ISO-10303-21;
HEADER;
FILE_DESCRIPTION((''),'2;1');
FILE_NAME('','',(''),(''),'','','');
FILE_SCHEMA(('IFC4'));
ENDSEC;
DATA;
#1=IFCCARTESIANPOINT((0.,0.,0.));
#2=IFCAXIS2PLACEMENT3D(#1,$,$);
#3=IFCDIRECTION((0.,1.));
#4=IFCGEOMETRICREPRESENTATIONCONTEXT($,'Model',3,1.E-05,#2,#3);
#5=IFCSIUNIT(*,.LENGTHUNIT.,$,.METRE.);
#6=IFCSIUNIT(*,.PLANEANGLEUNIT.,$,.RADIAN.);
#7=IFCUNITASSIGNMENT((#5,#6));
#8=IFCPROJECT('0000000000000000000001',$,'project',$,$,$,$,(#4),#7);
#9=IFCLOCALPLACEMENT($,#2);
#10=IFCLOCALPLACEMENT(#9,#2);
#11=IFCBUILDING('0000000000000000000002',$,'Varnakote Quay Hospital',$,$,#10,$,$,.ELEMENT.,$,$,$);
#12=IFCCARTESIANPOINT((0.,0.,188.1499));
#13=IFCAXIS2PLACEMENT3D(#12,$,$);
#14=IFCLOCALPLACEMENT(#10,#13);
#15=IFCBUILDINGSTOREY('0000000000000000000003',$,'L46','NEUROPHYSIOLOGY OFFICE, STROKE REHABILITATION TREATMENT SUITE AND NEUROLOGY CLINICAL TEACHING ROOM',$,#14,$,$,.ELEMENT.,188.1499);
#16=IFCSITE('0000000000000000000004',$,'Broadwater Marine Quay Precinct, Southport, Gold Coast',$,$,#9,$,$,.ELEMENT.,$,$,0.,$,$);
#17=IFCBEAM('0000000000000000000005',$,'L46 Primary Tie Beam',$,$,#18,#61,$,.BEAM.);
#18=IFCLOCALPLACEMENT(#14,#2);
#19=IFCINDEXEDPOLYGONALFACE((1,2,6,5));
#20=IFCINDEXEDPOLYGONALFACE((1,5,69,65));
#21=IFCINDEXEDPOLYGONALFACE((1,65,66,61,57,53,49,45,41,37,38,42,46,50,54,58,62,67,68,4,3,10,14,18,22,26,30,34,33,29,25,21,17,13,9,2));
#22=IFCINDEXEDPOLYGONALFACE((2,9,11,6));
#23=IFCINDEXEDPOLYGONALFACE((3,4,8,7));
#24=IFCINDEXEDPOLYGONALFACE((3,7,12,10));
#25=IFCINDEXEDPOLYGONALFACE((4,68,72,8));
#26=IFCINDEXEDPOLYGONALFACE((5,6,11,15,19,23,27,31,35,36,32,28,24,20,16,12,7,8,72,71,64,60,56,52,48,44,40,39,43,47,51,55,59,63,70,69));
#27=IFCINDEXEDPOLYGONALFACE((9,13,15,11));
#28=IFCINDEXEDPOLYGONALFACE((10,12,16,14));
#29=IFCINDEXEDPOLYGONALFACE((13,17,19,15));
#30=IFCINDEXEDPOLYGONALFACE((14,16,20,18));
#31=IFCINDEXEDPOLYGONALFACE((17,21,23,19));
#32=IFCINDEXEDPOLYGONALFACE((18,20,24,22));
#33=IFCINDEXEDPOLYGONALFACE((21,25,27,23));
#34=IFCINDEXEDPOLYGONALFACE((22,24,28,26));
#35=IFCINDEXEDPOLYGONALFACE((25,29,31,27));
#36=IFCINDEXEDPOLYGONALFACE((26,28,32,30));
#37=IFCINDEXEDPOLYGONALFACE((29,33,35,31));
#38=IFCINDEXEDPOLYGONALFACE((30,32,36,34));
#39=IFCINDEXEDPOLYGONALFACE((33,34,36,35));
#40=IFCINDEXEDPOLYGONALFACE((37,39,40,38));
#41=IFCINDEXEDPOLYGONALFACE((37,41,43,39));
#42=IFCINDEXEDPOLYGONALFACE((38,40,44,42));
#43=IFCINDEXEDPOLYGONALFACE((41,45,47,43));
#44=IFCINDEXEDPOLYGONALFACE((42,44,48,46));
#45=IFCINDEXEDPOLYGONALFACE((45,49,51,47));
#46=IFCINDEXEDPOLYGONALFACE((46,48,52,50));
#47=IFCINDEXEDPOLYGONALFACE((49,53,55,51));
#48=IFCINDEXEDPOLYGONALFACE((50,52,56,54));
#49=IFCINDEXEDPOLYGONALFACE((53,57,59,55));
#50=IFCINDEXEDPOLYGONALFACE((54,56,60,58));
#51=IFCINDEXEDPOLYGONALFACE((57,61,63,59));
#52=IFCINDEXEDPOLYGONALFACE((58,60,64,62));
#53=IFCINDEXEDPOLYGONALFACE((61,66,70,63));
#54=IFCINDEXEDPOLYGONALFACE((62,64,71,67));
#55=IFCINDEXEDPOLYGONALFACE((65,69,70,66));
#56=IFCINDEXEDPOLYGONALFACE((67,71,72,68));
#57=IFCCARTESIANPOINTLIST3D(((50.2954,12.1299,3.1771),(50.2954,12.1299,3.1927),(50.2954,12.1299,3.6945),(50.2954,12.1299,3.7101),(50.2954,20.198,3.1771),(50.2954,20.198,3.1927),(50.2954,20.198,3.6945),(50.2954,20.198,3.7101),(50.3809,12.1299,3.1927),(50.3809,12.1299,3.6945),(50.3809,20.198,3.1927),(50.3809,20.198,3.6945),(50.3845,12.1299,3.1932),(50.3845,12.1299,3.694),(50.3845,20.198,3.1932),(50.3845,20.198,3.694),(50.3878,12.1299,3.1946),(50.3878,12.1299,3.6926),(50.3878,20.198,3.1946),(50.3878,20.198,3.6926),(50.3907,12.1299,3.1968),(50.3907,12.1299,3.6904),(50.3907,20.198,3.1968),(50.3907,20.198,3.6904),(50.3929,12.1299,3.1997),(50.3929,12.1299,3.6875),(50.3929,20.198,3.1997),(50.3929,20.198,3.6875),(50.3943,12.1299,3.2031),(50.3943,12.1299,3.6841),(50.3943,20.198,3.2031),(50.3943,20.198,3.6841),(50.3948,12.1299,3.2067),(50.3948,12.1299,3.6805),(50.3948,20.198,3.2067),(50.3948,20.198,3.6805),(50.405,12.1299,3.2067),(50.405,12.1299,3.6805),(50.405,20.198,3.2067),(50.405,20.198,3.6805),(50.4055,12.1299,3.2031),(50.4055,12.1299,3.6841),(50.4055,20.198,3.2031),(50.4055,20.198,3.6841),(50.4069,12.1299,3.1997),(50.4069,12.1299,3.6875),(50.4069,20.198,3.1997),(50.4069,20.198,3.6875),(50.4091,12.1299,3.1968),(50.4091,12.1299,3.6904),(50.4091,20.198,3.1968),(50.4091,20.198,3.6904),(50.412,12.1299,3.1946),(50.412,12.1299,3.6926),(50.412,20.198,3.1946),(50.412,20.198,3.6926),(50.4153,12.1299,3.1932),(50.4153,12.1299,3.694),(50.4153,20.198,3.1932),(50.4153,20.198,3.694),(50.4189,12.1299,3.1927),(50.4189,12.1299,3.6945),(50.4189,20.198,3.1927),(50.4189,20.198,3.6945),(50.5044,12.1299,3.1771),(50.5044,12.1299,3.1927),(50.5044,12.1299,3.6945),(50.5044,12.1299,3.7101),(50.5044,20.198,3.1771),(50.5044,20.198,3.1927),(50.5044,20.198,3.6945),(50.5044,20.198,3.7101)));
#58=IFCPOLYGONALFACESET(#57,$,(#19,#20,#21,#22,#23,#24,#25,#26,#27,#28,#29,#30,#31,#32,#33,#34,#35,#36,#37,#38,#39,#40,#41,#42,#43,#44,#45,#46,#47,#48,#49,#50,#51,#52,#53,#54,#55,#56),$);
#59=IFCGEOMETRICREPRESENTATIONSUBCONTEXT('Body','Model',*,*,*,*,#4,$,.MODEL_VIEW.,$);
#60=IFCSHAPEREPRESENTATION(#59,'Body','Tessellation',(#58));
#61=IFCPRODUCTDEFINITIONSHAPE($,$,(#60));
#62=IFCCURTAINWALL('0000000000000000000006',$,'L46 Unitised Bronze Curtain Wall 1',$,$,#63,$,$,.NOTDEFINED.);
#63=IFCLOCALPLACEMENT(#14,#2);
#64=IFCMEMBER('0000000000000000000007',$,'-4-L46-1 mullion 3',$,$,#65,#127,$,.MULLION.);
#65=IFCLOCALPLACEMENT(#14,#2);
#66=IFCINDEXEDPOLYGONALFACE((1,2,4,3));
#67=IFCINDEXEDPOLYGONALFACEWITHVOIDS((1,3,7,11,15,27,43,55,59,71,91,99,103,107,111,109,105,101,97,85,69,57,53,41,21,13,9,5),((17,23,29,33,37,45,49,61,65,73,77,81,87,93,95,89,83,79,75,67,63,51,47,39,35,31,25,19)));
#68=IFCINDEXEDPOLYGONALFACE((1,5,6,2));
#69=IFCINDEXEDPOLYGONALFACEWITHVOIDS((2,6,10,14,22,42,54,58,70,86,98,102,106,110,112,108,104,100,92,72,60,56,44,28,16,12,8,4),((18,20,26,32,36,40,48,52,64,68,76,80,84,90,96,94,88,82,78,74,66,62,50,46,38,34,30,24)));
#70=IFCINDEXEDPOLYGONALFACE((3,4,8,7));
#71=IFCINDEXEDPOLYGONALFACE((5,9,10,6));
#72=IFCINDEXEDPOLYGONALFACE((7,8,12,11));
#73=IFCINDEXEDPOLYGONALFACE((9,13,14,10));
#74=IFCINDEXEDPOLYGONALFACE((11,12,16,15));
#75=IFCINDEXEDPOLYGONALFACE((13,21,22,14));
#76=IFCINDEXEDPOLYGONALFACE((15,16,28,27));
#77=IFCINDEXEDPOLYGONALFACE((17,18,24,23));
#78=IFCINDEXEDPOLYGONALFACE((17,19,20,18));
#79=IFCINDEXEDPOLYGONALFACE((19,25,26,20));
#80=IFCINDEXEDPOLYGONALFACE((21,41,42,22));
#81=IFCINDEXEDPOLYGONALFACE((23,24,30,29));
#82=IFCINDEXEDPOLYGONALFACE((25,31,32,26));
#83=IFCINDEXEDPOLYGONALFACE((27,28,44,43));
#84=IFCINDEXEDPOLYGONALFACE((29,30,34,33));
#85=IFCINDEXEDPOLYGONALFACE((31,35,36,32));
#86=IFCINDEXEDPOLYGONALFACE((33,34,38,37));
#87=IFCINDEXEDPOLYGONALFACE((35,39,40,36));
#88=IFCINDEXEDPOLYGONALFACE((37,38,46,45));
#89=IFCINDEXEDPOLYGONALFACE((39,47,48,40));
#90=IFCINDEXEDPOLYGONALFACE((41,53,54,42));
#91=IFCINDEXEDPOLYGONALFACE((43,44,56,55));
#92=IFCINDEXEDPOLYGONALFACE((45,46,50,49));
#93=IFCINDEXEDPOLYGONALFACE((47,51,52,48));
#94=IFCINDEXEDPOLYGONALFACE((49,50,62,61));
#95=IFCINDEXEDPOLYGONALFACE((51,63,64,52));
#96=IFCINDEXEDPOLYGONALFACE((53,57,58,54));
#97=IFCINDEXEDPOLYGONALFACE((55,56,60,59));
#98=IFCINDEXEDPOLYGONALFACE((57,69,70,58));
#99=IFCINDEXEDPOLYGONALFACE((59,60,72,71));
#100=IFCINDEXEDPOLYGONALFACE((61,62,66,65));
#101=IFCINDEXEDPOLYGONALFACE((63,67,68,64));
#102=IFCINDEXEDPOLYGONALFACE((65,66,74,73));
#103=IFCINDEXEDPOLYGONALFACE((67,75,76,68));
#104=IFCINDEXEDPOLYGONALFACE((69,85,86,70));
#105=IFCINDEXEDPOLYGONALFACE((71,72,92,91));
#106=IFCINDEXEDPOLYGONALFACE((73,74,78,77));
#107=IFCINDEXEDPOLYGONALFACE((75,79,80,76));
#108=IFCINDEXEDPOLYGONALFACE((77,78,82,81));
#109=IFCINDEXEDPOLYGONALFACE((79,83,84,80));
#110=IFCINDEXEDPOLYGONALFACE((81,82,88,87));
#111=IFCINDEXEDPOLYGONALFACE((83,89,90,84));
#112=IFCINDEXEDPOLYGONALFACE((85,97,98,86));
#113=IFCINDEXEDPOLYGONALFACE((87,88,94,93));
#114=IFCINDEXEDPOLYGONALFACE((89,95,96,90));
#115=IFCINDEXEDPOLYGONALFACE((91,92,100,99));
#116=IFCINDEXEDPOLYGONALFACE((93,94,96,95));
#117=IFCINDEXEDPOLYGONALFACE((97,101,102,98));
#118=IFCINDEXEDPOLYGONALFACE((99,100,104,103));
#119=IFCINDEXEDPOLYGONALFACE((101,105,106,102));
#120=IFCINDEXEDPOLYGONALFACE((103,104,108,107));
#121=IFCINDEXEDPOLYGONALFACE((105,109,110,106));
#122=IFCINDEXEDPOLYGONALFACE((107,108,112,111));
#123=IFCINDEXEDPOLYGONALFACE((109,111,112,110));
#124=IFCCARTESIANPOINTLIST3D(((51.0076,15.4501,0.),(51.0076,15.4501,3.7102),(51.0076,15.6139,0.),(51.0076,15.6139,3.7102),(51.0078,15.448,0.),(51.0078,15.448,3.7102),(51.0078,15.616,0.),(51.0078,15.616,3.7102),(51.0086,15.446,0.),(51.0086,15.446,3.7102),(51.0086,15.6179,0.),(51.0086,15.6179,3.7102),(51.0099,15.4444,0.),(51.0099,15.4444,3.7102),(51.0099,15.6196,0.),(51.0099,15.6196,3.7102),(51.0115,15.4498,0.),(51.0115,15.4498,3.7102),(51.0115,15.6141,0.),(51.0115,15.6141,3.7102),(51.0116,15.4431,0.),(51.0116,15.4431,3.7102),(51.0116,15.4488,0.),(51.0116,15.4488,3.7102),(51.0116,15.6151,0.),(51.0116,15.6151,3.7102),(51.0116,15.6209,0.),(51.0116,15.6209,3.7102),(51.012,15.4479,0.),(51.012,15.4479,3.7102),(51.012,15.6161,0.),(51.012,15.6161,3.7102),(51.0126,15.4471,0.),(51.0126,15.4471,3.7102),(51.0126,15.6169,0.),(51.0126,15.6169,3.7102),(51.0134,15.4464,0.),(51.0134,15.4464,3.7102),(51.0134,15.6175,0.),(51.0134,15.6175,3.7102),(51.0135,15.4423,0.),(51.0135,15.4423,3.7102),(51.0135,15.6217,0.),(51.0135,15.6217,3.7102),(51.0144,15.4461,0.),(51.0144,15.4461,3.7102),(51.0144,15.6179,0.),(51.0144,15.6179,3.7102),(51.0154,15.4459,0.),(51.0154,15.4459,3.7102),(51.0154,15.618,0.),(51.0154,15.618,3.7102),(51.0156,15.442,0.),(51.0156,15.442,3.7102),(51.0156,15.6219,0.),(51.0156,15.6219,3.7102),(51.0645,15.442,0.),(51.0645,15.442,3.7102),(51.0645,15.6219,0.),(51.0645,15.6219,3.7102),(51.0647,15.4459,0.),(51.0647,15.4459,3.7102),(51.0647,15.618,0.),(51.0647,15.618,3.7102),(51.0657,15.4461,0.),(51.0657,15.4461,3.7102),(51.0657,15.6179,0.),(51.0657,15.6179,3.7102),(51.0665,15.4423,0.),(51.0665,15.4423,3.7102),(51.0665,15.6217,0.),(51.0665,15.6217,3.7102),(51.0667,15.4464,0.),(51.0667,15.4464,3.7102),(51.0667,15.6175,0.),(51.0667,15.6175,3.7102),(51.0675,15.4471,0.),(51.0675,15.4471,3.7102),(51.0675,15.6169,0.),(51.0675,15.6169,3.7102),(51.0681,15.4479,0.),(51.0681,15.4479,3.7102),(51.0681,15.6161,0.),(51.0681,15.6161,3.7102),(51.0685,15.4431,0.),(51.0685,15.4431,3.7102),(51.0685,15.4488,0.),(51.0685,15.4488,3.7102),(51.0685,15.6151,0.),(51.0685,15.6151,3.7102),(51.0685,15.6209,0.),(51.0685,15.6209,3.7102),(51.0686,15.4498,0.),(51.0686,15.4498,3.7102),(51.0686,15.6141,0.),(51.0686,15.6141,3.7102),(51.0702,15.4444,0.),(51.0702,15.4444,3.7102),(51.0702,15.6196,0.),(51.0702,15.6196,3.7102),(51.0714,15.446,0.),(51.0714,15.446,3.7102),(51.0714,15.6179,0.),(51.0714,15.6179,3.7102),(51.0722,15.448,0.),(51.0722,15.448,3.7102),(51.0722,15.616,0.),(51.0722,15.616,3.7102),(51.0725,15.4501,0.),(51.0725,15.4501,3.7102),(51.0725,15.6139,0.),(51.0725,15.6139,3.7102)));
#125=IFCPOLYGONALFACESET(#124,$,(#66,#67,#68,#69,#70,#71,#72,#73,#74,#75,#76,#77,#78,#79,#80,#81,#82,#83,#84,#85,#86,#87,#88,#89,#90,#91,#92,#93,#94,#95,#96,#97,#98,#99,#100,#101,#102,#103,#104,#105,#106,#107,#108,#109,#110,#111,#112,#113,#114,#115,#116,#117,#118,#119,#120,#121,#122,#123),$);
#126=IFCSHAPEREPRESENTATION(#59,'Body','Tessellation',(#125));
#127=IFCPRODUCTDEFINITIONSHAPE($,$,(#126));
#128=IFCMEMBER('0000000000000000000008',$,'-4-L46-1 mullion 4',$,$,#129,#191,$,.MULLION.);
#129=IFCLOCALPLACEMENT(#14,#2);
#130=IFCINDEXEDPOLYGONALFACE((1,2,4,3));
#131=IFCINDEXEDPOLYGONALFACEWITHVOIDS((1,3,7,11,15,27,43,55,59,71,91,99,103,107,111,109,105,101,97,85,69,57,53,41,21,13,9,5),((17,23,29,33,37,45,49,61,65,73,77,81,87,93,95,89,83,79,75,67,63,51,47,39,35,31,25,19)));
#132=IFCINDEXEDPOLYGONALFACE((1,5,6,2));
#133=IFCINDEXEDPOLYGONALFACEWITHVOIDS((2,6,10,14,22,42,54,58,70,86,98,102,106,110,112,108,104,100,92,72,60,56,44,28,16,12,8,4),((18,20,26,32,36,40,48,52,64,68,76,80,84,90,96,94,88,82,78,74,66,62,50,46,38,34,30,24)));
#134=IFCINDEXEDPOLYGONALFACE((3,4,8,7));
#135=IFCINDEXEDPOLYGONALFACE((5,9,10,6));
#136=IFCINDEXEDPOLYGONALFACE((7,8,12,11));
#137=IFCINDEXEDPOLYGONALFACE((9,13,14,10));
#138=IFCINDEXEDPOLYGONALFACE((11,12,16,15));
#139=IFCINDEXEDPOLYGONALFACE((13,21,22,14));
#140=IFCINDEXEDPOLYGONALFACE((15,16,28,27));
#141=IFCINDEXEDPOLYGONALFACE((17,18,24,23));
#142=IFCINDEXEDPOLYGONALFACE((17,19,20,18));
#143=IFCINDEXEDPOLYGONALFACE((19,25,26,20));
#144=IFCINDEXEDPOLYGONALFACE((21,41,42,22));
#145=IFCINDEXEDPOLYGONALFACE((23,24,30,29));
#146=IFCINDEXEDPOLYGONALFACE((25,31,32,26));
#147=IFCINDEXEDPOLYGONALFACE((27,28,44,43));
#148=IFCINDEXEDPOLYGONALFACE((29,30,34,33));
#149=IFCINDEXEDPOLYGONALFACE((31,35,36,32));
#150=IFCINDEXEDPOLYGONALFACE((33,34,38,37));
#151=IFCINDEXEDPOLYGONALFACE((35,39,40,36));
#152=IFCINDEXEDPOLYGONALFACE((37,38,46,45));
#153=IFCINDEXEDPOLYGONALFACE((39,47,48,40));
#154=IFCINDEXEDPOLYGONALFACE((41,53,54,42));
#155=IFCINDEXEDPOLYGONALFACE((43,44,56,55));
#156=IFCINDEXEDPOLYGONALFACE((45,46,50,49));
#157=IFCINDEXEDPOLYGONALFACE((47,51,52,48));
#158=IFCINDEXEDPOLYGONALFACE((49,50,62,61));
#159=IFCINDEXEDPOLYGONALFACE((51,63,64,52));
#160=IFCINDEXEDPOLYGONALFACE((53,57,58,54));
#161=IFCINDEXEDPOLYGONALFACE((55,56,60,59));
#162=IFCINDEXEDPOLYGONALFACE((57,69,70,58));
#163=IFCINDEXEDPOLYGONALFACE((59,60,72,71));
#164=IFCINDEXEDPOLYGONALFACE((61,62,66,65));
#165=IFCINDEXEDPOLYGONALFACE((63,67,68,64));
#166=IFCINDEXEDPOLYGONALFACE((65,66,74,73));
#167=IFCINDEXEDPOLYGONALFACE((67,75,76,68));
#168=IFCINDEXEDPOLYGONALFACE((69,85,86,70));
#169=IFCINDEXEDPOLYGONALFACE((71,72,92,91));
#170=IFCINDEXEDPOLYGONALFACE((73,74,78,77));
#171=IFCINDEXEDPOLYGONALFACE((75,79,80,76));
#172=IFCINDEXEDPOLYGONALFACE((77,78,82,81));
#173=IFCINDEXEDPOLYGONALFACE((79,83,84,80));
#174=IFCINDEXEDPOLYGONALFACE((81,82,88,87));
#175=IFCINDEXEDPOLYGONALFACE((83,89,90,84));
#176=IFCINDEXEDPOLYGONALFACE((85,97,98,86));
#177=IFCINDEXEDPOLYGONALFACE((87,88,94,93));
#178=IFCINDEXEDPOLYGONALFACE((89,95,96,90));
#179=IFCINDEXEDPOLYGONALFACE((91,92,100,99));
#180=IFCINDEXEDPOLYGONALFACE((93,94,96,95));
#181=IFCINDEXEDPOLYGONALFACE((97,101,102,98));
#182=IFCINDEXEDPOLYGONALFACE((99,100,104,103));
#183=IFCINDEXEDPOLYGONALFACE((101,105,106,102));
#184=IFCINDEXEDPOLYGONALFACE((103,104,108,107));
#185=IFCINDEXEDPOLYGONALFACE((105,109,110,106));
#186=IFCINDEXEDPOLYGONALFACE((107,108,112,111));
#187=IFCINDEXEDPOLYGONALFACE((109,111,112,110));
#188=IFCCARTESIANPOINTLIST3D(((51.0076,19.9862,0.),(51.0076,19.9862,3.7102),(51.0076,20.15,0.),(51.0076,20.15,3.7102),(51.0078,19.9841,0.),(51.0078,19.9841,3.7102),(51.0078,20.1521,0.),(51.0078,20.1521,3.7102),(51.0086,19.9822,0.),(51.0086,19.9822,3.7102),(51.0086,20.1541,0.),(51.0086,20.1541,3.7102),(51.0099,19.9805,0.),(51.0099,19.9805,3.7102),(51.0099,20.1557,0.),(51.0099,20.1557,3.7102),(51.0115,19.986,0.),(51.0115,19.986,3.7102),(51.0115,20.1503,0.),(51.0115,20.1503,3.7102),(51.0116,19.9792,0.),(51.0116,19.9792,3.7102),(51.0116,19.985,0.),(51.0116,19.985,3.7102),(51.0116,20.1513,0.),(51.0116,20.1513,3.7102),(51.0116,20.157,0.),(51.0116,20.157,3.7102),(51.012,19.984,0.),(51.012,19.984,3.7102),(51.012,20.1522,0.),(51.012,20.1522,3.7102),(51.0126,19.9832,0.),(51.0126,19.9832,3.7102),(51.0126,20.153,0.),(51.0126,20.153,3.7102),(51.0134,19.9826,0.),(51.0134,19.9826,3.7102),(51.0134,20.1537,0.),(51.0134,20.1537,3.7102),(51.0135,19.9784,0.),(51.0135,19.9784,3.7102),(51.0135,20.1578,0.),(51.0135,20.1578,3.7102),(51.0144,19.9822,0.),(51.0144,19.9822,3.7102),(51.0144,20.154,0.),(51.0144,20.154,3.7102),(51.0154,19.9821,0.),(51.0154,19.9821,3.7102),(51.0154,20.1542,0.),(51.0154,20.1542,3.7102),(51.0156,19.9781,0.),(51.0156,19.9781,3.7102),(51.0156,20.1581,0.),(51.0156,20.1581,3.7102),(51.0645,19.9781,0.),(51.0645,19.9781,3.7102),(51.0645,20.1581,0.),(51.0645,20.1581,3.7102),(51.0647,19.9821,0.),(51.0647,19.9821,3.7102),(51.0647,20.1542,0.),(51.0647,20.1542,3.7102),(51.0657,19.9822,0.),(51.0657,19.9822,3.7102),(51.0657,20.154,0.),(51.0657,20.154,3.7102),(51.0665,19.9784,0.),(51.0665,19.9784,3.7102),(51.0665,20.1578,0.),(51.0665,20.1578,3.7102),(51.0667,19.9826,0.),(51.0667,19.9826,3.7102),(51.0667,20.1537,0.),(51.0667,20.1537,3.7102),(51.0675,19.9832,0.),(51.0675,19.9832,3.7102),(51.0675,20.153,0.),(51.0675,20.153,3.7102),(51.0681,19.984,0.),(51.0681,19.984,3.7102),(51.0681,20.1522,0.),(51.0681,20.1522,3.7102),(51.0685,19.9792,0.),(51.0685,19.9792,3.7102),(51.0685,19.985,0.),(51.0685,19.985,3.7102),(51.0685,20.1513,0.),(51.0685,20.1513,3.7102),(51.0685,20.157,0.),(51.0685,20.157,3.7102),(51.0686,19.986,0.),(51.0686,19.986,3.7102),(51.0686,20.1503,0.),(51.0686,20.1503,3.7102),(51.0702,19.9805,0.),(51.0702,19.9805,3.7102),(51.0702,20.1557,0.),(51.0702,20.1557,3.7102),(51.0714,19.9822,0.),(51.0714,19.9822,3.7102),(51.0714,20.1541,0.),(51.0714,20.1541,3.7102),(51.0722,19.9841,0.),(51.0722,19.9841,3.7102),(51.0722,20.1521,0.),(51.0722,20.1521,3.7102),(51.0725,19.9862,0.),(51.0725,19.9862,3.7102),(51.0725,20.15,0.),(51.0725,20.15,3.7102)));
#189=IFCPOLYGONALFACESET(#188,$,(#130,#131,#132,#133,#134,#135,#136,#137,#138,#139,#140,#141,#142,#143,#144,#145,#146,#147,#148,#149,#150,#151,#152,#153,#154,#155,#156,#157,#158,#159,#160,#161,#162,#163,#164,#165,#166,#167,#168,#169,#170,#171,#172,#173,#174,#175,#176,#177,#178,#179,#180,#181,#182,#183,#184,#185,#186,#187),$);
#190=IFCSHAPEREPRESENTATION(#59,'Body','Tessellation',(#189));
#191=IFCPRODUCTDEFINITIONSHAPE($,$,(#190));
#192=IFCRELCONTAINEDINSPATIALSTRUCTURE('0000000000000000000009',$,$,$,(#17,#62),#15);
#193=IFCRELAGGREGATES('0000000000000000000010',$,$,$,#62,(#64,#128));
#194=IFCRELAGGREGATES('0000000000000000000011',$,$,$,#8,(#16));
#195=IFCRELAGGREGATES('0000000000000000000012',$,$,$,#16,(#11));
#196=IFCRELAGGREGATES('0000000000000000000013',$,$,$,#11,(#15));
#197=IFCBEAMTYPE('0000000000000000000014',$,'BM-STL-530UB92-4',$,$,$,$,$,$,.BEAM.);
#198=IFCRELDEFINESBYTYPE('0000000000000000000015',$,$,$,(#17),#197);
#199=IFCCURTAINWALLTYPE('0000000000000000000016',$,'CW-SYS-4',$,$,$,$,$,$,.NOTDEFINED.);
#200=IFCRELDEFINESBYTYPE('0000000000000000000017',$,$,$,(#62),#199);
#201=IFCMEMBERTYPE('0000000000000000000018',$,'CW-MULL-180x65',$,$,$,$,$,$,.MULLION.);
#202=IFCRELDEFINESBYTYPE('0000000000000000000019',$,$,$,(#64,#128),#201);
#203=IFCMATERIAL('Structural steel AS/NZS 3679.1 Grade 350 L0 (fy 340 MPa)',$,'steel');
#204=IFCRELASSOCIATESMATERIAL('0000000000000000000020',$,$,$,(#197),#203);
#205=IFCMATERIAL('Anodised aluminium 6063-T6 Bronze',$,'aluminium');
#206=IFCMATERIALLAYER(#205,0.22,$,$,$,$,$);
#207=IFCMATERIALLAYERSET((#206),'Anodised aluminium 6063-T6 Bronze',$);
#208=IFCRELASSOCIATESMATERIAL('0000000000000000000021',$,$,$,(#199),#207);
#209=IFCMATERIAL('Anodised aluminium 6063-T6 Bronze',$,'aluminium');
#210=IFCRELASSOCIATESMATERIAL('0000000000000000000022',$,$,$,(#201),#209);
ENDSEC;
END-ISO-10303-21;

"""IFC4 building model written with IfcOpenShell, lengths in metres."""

from ifc_helpers import new_model, si_unit, direction, frame, origin, origin_2d, place, context, subcontext, project, spatial, hollow_rectangle, i_section, extrude, material, layer, layer_set, material_profile, profile_set, type_object, element, aggregate, save


model = new_model("IFC4")

# Units and contexts
model_context = context("Model", 3, precision=1e-05, world=origin(), true_north=direction((0.0, 1.0)))
body_context = subcontext(model_context, "Body", "Model", "MODEL_VIEW")
ifc_project = project(units=[si_unit("LENGTHUNIT", "METRE"), si_unit("PLANEANGLEUNIT", "RADIAN")], contexts=[model_context])

# Site, building, storey
site_placement = place(None, origin())
site = spatial("IfcSite", under=ifc_project, at=site_placement, Name="Broadwater Marine Quay Precinct, Southport, Gold Coast", CompositionType="ELEMENT", RefElevation=0.0)
building_placement = place(site_placement, origin())
building = spatial("IfcBuilding", under=site, at=building_placement, Name="Varnakote Quay Hospital", CompositionType="ELEMENT")
storey_placement = place(building_placement, frame((0.0, 0.0, 188.1499)))
storey = spatial("IfcBuildingStorey", under=building, at=storey_placement, Name="L46", Description="NEUROPHYSIOLOGY OFFICE, STROKE REHABILITATION TREATMENT SUITE AND NEUROLOGY CLINICAL TEACHING ROOM", CompositionType="ELEMENT", Elevation=188.1499)

# Beam
ifc_material_1 = material(Name="Structural steel AS/NZS 3679.1 Grade 350 L0 (fy 340 MPa)", Category="steel")
ifc_material_profile_1 = material_profile(ifc_material_1, i_section(OverallWidth=0.209, OverallDepth=0.533, WebThickness=0.0103, FlangeThickness=0.0156, FilletRadius=0.0139, at=origin_2d()), Name="530UB92.4")
ifc_profile_set_1 = profile_set([ifc_material_profile_1], Name="Structural steel AS/NZS 3679.1 Grade 350 L0 (fy 340 MPa)")
beam_type = type_object("IfcBeamType", Name="BM-STL-530UB92-4", PredefinedType="BEAM", material=ifc_profile_set_1)
beam_placement = place(storey_placement, frame((50.3999, 12.1299, 3.4436), z_axis=(0.0, 1.0, 0.0), x_axis=(-1.0, 0.0, 0.0)))
element("IfcBeam", 1, at=beam_placement, inside=storey, type_object=beam_type, Name="L46 Primary Tie Beam", PredefinedType="BEAM", context=body_context, shape_type="SweptSolid", body=[
    extrude(i_section(OverallWidth=0.209, OverallDepth=0.533, WebThickness=0.0103, FlangeThickness=0.0156, FilletRadius=0.0139, at=origin_2d()), origin(), (0.0, 0.0, 1.0), 8.0681),
])

# Curtain wall, members
ifc_material_2 = material(Name="Anodised aluminium 6063-T6 Bronze", Category="aluminium")
ifc_layer_1 = layer(ifc_material_2, 0.22)
ifc_layer_set_1 = layer_set([ifc_layer_1], Name="Anodised aluminium 6063-T6 Bronze")
curtain_wall_type = type_object("IfcCurtainWallType", Name="CW-SYS-4", PredefinedType="NOTDEFINED", material=ifc_layer_set_1)
curtain_wall_placement = place(storey_placement, origin())
curtain_wall = element("IfcCurtainWall", 2, at=curtain_wall_placement, inside=storey, type_object=curtain_wall_type, Name="L46 Unitised Bronze Curtain Wall 1", PredefinedType="NOTDEFINED")
ifc_material_3 = material(Name="Anodised aluminium 6063-T6 Bronze", Category="aluminium")
ifc_material_profile_2 = material_profile(ifc_material_3, hollow_rectangle(XDim=0.0649, YDim=0.1799, WallThickness=0.0039, InnerFilletRadius=0.0039, OuterFilletRadius=0.0081, at=origin_2d()), Name="CW-MULL-180x65")
ifc_profile_set_2 = profile_set([ifc_material_profile_2], Name="Anodised aluminium 6063-T6 Bronze")
member_type_1 = type_object("IfcMemberType", Name="CW-MULL-180x65", PredefinedType="MULLION", material=ifc_profile_set_2)
member_1_placement = place(storey_placement, frame((51.04, 15.532, 0.0), z_axis=(0.0, 0.0, 1.0), x_axis=(-1.0, 0.0, 0.0)))
member_1 = element("IfcMember", 3, at=member_1_placement, type_object=member_type_1, Name="-4-L46-1 mullion 3", PredefinedType="MULLION", context=body_context, shape_type="SweptSolid", body=[
    extrude(hollow_rectangle(XDim=0.0649, YDim=0.1799, WallThickness=0.0039, InnerFilletRadius=0.0039, OuterFilletRadius=0.0081, at=origin_2d()), origin(), (0.0, 0.0, 1.0), 3.7102),
])
member_2_placement = place(storey_placement, frame((51.04, 20.0681, 0.0), z_axis=(0.0, 0.0, 1.0), x_axis=(-1.0, 0.0, 0.0)))
member_2 = element("IfcMember", 4, at=member_2_placement, type_object=member_type_1, Name="-4-L46-1 mullion 4", PredefinedType="MULLION", context=body_context, shape_type="SweptSolid", body=[
    extrude(hollow_rectangle(XDim=0.0649, YDim=0.1799, WallThickness=0.0039, InnerFilletRadius=0.0039, OuterFilletRadius=0.0081, at=origin_2d()), origin(), (0.0, 0.0, 1.0), 3.7102),
])
aggregate(curtain_wall, [member_1, member_2])

save(model, "model.ifc")
